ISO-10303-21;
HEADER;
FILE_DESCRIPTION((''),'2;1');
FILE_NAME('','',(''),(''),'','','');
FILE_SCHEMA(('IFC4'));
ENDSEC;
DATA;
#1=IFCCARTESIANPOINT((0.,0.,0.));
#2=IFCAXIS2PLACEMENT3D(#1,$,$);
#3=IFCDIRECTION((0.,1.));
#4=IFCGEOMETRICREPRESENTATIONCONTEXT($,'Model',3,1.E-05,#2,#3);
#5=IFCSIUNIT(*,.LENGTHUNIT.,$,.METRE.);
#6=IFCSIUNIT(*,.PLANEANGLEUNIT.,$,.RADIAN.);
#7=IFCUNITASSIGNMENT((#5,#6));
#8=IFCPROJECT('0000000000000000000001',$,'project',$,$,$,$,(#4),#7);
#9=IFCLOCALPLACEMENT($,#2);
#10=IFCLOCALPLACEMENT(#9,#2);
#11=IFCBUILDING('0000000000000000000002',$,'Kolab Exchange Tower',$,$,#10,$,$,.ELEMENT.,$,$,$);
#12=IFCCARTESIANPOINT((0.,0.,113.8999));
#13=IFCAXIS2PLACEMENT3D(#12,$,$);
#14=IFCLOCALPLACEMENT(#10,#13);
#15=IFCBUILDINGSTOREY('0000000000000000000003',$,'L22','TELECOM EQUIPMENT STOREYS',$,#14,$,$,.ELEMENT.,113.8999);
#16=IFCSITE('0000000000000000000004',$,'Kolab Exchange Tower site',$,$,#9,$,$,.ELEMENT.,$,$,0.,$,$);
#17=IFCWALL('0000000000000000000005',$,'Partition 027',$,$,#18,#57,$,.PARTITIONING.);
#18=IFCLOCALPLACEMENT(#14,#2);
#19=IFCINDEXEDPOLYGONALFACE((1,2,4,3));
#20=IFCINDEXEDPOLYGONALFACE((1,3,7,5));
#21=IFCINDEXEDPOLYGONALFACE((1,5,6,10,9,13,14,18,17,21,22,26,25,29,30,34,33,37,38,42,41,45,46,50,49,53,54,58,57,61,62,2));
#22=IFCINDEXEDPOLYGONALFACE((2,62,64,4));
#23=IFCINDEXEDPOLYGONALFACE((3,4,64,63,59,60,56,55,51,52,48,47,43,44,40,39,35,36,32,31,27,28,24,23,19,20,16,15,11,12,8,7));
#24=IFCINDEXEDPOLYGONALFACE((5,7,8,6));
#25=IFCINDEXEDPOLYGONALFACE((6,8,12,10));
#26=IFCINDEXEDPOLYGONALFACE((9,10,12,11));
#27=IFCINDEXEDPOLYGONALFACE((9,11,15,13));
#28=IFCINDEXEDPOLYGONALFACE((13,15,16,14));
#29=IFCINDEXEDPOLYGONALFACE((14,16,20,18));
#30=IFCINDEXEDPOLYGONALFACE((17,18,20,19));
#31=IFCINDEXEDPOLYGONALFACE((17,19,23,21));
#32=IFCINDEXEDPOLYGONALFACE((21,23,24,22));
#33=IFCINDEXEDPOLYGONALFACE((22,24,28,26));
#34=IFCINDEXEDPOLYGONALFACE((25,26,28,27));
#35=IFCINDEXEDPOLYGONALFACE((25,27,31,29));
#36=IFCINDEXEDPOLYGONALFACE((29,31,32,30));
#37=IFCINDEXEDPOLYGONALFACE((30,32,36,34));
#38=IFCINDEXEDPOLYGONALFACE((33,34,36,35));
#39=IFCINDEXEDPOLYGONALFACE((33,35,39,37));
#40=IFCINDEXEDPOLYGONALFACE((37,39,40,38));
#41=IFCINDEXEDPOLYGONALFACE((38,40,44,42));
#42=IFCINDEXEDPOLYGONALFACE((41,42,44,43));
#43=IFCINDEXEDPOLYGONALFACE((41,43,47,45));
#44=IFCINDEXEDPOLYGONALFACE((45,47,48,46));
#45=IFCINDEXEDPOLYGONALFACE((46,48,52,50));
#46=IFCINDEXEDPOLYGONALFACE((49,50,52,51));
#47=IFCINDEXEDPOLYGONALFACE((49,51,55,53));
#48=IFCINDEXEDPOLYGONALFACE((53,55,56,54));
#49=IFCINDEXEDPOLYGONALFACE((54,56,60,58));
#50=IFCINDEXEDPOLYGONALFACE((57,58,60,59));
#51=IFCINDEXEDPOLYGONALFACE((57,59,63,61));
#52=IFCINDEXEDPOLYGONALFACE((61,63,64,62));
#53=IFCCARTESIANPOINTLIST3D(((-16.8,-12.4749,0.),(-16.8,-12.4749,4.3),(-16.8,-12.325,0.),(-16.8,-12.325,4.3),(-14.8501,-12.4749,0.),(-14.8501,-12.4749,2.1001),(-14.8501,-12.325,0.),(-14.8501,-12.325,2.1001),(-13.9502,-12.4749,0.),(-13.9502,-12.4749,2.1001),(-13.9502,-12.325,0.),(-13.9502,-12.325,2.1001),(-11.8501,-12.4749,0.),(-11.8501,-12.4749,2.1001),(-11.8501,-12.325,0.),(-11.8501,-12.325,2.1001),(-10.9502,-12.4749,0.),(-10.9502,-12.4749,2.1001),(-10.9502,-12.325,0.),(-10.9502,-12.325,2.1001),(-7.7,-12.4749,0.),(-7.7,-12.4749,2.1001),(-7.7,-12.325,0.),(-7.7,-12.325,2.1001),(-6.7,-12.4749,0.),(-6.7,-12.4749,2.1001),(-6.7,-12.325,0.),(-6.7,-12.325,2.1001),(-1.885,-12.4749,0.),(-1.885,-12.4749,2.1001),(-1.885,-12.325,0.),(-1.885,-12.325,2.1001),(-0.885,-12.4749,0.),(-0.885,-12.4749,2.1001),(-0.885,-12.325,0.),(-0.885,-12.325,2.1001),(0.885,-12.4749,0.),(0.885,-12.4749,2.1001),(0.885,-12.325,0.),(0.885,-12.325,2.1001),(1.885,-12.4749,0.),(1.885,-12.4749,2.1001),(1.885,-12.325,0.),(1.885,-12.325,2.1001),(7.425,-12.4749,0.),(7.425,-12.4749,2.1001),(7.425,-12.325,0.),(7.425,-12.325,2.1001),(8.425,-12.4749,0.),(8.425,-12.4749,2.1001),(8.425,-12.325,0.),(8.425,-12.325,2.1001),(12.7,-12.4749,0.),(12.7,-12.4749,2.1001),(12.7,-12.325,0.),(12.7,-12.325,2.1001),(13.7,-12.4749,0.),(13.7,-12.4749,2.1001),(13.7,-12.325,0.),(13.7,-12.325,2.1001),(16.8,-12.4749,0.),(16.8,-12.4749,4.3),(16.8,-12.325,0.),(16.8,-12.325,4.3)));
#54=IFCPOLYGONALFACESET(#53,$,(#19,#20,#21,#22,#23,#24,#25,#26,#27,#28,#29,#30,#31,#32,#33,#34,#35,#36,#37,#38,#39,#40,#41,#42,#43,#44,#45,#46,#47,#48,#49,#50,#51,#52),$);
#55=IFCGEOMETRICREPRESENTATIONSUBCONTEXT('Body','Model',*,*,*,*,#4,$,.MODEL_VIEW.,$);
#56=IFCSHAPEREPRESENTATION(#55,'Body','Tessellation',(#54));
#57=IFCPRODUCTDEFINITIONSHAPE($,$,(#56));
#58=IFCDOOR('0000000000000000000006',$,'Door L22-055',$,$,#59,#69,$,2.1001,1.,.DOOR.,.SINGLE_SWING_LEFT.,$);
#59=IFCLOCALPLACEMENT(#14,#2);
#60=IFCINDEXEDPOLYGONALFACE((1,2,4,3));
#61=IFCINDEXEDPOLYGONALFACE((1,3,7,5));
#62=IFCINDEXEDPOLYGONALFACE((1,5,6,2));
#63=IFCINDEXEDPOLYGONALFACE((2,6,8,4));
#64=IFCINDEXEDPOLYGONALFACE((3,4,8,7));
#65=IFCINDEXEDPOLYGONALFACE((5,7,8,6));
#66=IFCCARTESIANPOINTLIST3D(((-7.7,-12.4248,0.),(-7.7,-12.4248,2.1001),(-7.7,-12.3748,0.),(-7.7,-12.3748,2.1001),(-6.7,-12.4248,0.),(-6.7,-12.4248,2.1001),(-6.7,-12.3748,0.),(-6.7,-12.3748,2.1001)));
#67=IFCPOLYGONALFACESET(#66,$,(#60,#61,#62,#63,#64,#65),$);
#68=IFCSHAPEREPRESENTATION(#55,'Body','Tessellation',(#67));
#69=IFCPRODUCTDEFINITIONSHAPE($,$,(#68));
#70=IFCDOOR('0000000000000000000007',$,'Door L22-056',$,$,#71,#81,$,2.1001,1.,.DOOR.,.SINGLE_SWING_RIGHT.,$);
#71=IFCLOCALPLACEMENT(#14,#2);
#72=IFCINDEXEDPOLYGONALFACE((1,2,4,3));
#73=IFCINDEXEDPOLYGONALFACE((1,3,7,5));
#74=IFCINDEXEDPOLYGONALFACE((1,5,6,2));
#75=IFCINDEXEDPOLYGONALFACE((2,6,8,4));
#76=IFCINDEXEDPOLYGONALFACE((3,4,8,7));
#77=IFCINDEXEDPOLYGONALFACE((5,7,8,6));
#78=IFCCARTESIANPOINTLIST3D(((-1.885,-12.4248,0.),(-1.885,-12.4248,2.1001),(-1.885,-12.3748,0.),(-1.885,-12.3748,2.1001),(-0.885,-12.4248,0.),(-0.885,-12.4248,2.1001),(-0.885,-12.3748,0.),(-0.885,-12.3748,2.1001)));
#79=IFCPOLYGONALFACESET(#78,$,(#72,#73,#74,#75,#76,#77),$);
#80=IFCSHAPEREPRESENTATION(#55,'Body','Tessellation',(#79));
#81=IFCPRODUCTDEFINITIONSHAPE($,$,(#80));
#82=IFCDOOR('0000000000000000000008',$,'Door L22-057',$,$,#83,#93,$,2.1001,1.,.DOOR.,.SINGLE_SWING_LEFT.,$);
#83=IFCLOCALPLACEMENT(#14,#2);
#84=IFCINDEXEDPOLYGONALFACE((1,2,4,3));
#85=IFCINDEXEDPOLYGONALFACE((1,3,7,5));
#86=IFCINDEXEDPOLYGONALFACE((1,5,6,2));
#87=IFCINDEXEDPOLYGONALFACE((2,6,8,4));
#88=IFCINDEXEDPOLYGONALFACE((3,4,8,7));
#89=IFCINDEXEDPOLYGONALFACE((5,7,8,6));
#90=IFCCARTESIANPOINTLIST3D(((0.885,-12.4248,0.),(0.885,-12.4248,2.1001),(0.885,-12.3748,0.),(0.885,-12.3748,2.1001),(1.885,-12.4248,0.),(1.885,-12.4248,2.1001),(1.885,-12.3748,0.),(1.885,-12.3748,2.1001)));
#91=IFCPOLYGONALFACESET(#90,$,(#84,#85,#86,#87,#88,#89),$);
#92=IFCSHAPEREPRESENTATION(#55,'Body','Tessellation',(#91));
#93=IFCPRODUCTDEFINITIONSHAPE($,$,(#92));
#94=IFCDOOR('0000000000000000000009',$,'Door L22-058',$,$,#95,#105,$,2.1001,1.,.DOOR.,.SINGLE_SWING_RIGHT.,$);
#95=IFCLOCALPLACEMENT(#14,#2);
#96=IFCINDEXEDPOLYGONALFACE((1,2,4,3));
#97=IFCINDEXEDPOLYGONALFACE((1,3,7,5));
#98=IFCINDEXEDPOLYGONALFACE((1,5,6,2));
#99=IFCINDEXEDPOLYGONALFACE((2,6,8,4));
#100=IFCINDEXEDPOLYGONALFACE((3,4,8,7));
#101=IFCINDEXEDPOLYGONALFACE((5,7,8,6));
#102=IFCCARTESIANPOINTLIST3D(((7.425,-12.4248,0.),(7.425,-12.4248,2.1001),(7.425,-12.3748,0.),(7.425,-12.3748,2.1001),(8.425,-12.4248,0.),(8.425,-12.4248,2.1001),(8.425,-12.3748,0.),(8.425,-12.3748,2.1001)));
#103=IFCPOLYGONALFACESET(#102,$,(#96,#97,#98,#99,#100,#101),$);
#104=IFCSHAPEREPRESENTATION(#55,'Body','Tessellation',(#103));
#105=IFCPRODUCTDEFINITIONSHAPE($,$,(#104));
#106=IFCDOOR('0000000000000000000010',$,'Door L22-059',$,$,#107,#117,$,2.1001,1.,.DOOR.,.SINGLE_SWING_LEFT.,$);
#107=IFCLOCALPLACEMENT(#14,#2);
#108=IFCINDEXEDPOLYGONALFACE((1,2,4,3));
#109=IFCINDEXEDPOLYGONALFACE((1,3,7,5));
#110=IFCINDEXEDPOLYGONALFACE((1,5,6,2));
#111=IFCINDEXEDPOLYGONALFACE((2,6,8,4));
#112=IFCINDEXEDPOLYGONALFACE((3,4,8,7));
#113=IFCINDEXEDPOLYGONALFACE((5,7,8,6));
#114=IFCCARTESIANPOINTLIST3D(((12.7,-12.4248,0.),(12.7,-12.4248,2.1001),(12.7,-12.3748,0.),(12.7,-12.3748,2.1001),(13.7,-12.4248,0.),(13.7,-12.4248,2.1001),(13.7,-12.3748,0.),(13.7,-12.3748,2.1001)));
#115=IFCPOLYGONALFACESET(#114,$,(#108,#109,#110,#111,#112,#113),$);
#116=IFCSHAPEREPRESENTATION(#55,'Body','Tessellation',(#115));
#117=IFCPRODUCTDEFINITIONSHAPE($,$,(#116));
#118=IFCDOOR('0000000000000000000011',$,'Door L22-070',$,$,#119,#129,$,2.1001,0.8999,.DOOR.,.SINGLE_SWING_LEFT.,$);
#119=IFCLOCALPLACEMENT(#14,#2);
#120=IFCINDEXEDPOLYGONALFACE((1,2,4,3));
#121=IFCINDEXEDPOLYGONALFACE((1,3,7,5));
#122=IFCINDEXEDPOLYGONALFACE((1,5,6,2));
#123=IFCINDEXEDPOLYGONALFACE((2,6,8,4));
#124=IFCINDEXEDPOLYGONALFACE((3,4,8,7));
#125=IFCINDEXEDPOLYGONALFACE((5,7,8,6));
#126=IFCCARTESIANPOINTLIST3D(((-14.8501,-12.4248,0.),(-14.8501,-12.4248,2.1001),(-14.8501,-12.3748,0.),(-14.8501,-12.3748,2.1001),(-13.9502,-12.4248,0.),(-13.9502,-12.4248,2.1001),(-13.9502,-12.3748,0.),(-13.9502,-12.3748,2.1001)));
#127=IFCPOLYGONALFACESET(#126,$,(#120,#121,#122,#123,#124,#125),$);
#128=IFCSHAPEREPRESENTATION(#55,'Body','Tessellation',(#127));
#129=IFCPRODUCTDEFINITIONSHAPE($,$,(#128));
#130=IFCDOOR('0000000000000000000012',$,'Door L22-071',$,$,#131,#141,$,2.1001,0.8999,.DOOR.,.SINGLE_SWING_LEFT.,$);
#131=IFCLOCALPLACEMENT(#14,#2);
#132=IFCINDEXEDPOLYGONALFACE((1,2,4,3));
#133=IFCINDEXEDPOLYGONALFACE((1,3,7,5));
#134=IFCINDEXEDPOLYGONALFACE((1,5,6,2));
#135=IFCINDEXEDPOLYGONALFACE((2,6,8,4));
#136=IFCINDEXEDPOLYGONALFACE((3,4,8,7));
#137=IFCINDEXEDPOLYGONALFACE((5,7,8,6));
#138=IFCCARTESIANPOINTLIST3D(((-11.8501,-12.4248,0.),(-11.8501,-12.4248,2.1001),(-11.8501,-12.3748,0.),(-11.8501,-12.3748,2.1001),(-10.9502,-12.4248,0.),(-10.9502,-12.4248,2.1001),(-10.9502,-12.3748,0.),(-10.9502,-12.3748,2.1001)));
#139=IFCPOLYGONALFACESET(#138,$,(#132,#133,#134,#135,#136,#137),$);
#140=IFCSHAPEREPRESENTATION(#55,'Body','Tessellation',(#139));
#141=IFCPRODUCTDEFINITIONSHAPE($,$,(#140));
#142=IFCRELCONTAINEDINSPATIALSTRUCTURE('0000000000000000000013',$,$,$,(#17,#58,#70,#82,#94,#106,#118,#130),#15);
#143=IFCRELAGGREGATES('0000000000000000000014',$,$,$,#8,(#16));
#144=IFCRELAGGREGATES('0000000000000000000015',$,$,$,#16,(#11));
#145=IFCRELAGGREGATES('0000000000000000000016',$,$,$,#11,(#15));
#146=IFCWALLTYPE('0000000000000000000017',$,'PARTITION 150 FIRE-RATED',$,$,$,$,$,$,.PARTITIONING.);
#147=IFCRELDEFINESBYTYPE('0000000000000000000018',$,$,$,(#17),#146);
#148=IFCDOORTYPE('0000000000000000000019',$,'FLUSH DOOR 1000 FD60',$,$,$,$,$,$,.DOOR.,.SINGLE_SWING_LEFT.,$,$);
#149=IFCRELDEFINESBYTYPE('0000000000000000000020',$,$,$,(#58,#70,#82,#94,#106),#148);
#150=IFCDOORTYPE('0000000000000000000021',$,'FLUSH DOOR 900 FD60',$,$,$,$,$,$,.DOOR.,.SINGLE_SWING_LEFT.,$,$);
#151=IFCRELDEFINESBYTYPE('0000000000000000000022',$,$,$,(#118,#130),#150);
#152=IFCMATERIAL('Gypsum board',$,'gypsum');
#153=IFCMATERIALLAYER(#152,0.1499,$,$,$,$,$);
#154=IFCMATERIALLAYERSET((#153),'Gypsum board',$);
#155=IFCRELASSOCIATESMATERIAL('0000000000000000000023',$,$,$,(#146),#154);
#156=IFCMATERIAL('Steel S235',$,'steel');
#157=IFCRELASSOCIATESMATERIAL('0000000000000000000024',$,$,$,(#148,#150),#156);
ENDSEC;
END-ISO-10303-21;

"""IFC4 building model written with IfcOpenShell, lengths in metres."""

from ifc_helpers import new_model, si_unit, direction, frame, frame_2d, origin, place, context, subcontext, project, spatial, rectangle, extrude, material, layer, layer_set, type_object, element, fill, save


model = new_model("IFC4")

# Units and contexts
model_context = context("Model", 3, precision=1e-05, world=origin(), true_north=direction((0.0, 1.0)))
body_context = subcontext(model_context, "Body", "Model", "MODEL_VIEW")
ifc_project = project(units=[si_unit("LENGTHUNIT", "METRE"), si_unit("PLANEANGLEUNIT", "RADIAN")], contexts=[model_context])

# Site, building, storey
site_placement = place(None, origin())
site = spatial("IfcSite", under=ifc_project, at=site_placement, Name="Kolab Exchange Tower site", CompositionType="ELEMENT", RefElevation=0.0)
building_placement = place(site_placement, origin())
building = spatial("IfcBuilding", under=site, at=building_placement, Name="Kolab Exchange Tower", CompositionType="ELEMENT")
storey_placement = place(building_placement, frame((0.0, 0.0, 113.8999)))
storey = spatial("IfcBuildingStorey", under=building, at=storey_placement, Name="L22", Description="TELECOM EQUIPMENT STOREYS", CompositionType="ELEMENT", Elevation=113.8999)

# Shared definitions
ifc_material_1 = material(Name="Gypsum board", Category="gypsum")

# Wall, openings, doors
ifc_layer_1 = layer(ifc_material_1, 0.1499)
ifc_layer_set_1 = layer_set([ifc_layer_1], Name="Gypsum board")
wall_type_1 = type_object("IfcWallType", Name="PARTITION 150 FIRE-RATED", PredefinedType="PARTITIONING", material=ifc_layer_set_1)
ifc_material_2 = material(Name="Steel S235", Category="steel")
door_type_1 = type_object("IfcDoorType", Name="FLUSH DOOR 1000 FD60", OperationType="SINGLE_SWING_LEFT", PredefinedType="DOOR", material=ifc_material_2)
wall_1_placement = place(storey_placement, frame((-16.8, -12.3999, 0.0), z_axis=(0.0, 0.0, 1.0), x_axis=(1.0, 0.0, 0.0)))
wall_1 = element("IfcWall", 1, at=wall_1_placement, inside=storey, type_object=wall_type_1, Name="Partition 027", PredefinedType="PARTITIONING", context=body_context, shape_type="SweptSolid", body=[
    extrude(rectangle(XDim=33.6001, YDim=0.1499, at=frame_2d((16.8, 0.0))), origin(), (0.0, 0.0, 1.0), 4.3),
])
opening_1_placement = place(wall_1_placement, frame((9.1001, 0.0, 0.0)))
opening_1 = element("IfcOpeningElement", 2, at=opening_1_placement, cuts=wall_1, PredefinedType="OPENING", context=body_context, shape_type="SweptSolid", body=[
    extrude(rectangle(XDim=1.0, YDim=2.1001, at=frame_2d((0.5, 1.05))), frame((0.0, 0.085, 0.0), z_axis=(0.0, -1.0, 0.0), x_axis=(1.0, 0.0, 0.0)), (0.0, 0.0, 1.0), 0.1699),
])
opening_2_placement = place(wall_1_placement, frame((14.915, 0.0, 0.0)))
opening_2 = element("IfcOpeningElement", 3, at=opening_2_placement, cuts=wall_1, PredefinedType="OPENING", context=body_context, shape_type="SweptSolid", body=[
    extrude(rectangle(XDim=1.0, YDim=2.1001, at=frame_2d((0.5, 1.05))), frame((0.0, 0.085, 0.0), z_axis=(0.0, -1.0, 0.0), x_axis=(1.0, 0.0, 0.0)), (0.0, 0.0, 1.0), 0.1699),
])
opening_3_placement = place(wall_1_placement, frame((17.6851, 0.0, 0.0)))
opening_3 = element("IfcOpeningElement", 4, at=opening_3_placement, cuts=wall_1, PredefinedType="OPENING", context=body_context, shape_type="SweptSolid", body=[
    extrude(rectangle(XDim=1.0, YDim=2.1001, at=frame_2d((0.5, 1.05))), frame((0.0, 0.085, 0.0), z_axis=(0.0, -1.0, 0.0), x_axis=(1.0, 0.0, 0.0)), (0.0, 0.0, 1.0), 0.1699),
])
opening_4_placement = place(wall_1_placement, frame((24.2251, 0.0, 0.0)))
opening_4 = element("IfcOpeningElement", 5, at=opening_4_placement, cuts=wall_1, PredefinedType="OPENING", context=body_context, shape_type="SweptSolid", body=[
    extrude(rectangle(XDim=1.0, YDim=2.1001, at=frame_2d((0.5, 1.05))), frame((0.0, 0.085, 0.0), z_axis=(0.0, -1.0, 0.0), x_axis=(1.0, 0.0, 0.0)), (0.0, 0.0, 1.0), 0.1699),
])
opening_5_placement = place(wall_1_placement, frame((29.5, 0.0, 0.0)))
opening_5 = element("IfcOpeningElement", 6, at=opening_5_placement, cuts=wall_1, PredefinedType="OPENING", context=body_context, shape_type="SweptSolid", body=[
    extrude(rectangle(XDim=1.0, YDim=2.1001, at=frame_2d((0.5, 1.05))), frame((0.0, 0.085, 0.0), z_axis=(0.0, -1.0, 0.0), x_axis=(1.0, 0.0, 0.0)), (0.0, 0.0, 1.0), 0.1699),
])
opening_6_placement = place(wall_1_placement, frame((1.95, 0.0, 0.0)))
opening_6 = element("IfcOpeningElement", 7, at=opening_6_placement, cuts=wall_1, PredefinedType="OPENING", context=body_context, shape_type="SweptSolid", body=[
    extrude(rectangle(XDim=0.8999, YDim=2.1001, at=frame_2d((0.45, 1.05))), frame((0.0, 0.085, 0.0), z_axis=(0.0, -1.0, 0.0), x_axis=(1.0, 0.0, 0.0)), (0.0, 0.0, 1.0), 0.1699),
])
opening_7_placement = place(wall_1_placement, frame((4.95, 0.0, 0.0)))
opening_7 = element("IfcOpeningElement", 8, at=opening_7_placement, cuts=wall_1, PredefinedType="OPENING", context=body_context, shape_type="SweptSolid", body=[
    extrude(rectangle(XDim=0.8999, YDim=2.1001, at=frame_2d((0.45, 1.05))), frame((0.0, 0.085, 0.0), z_axis=(0.0, -1.0, 0.0), x_axis=(1.0, 0.0, 0.0)), (0.0, 0.0, 1.0), 0.1699),
])
door_1_placement = place(opening_1_placement, frame((1.0, 0.0, 0.0), z_axis=(0.0, 0.0, 1.0), x_axis=(-1.0, 0.0, 0.0)))
door_1 = element("IfcDoor", 9, at=door_1_placement, inside=storey, type_object=door_type_1, Name="Door L22-055", OperationType="SINGLE_SWING_LEFT", OverallHeight=2.1001, OverallWidth=1.0, PredefinedType="DOOR", context=body_context, shape_type="SweptSolid", body=[
    extrude(rectangle(XDim=1.0, YDim=2.1001, at=frame_2d((0.5, 1.05))), frame((0.0, 0.0249, 0.0), z_axis=(0.0, -1.0, 0.0), x_axis=(1.0, 0.0, 0.0)), (0.0, 0.0, 1.0), 0.05),
])
fill(opening_1, door_1)
door_2_placement = place(opening_2_placement, frame((1.0, 0.0, 0.0), z_axis=(0.0, 0.0, 1.0), x_axis=(-1.0, 0.0, 0.0)))
door_2 = element("IfcDoor", 10, at=door_2_placement, inside=storey, type_object=door_type_1, Name="Door L22-056", OperationType="SINGLE_SWING_RIGHT", OverallHeight=2.1001, OverallWidth=1.0, PredefinedType="DOOR", context=body_context, shape_type="SweptSolid", body=[
    extrude(rectangle(XDim=1.0, YDim=2.1001, at=frame_2d((0.5, 1.05))), frame((0.0, 0.0249, 0.0), z_axis=(0.0, -1.0, 0.0), x_axis=(1.0, 0.0, 0.0)), (0.0, 0.0, 1.0), 0.05),
])
fill(opening_2, door_2)
door_3_placement = place(opening_3_placement, frame((1.0, 0.0, 0.0), z_axis=(0.0, 0.0, 1.0), x_axis=(-1.0, 0.0, 0.0)))
door_3 = element("IfcDoor", 11, at=door_3_placement, inside=storey, type_object=door_type_1, Name="Door L22-057", OperationType="SINGLE_SWING_LEFT", OverallHeight=2.1001, OverallWidth=1.0, PredefinedType="DOOR", context=body_context, shape_type="SweptSolid", body=[
    extrude(rectangle(XDim=1.0, YDim=2.1001, at=frame_2d((0.5, 1.05))), frame((0.0, 0.0249, 0.0), z_axis=(0.0, -1.0, 0.0), x_axis=(1.0, 0.0, 0.0)), (0.0, 0.0, 1.0), 0.05),
])
fill(opening_3, door_3)
door_4_placement = place(opening_4_placement, frame((1.0, 0.0, 0.0), z_axis=(0.0, 0.0, 1.0), x_axis=(-1.0, 0.0, 0.0)))
door_4 = element("IfcDoor", 12, at=door_4_placement, inside=storey, type_object=door_type_1, Name="Door L22-058", OperationType="SINGLE_SWING_RIGHT", OverallHeight=2.1001, OverallWidth=1.0, PredefinedType="DOOR", context=body_context, shape_type="SweptSolid", body=[
    extrude(rectangle(XDim=1.0, YDim=2.1001, at=frame_2d((0.5, 1.05))), frame((0.0, 0.0249, 0.0), z_axis=(0.0, -1.0, 0.0), x_axis=(1.0, 0.0, 0.0)), (0.0, 0.0, 1.0), 0.05),
])
fill(opening_4, door_4)
door_5_placement = place(opening_5_placement, frame((1.0, 0.0, 0.0), z_axis=(0.0, 0.0, 1.0), x_axis=(-1.0, 0.0, 0.0)))
door_5 = element("IfcDoor", 13, at=door_5_placement, inside=storey, type_object=door_type_1, Name="Door L22-059", OperationType="SINGLE_SWING_LEFT", OverallHeight=2.1001, OverallWidth=1.0, PredefinedType="DOOR", context=body_context, shape_type="SweptSolid", body=[
    extrude(rectangle(XDim=1.0, YDim=2.1001, at=frame_2d((0.5, 1.05))), frame((0.0, 0.0249, 0.0), z_axis=(0.0, -1.0, 0.0), x_axis=(1.0, 0.0, 0.0)), (0.0, 0.0, 1.0), 0.05),
])
fill(opening_5, door_5)
door_type_2 = type_object("IfcDoorType", Name="FLUSH DOOR 900 FD60", OperationType="SINGLE_SWING_LEFT", PredefinedType="DOOR", material=ifc_material_2)
door_6_placement = place(opening_6_placement, frame((0.8999, 0.0, 0.0), z_axis=(0.0, 0.0, 1.0), x_axis=(-1.0, 0.0, 0.0)))
door_6 = element("IfcDoor", 14, at=door_6_placement, inside=storey, type_object=door_type_2, Name="Door L22-070", OperationType="SINGLE_SWING_LEFT", OverallHeight=2.1001, OverallWidth=0.8999, PredefinedType="DOOR", context=body_context, shape_type="SweptSolid", body=[
    extrude(rectangle(XDim=0.8999, YDim=2.1001, at=frame_2d((0.45, 1.05))), frame((0.0, 0.0249, 0.0), z_axis=(0.0, -1.0, 0.0), x_axis=(1.0, 0.0, 0.0)), (0.0, 0.0, 1.0), 0.05),
])
fill(opening_6, door_6)
door_7_placement = place(opening_7_placement, frame((0.8999, 0.0, 0.0), z_axis=(0.0, 0.0, 1.0), x_axis=(-1.0, 0.0, 0.0)))
door_7 = element("IfcDoor", 15, at=door_7_placement, inside=storey, type_object=door_type_2, Name="Door L22-071", OperationType="SINGLE_SWING_LEFT", OverallHeight=2.1001, OverallWidth=0.8999, PredefinedType="DOOR", context=body_context, shape_type="SweptSolid", body=[
    extrude(rectangle(XDim=0.8999, YDim=2.1001, at=frame_2d((0.45, 1.05))), frame((0.0, 0.0249, 0.0), z_axis=(0.0, -1.0, 0.0), x_axis=(1.0, 0.0, 0.0)), (0.0, 0.0, 1.0), 0.05),
])
fill(opening_7, door_7)

save(model, "model.ifc")
